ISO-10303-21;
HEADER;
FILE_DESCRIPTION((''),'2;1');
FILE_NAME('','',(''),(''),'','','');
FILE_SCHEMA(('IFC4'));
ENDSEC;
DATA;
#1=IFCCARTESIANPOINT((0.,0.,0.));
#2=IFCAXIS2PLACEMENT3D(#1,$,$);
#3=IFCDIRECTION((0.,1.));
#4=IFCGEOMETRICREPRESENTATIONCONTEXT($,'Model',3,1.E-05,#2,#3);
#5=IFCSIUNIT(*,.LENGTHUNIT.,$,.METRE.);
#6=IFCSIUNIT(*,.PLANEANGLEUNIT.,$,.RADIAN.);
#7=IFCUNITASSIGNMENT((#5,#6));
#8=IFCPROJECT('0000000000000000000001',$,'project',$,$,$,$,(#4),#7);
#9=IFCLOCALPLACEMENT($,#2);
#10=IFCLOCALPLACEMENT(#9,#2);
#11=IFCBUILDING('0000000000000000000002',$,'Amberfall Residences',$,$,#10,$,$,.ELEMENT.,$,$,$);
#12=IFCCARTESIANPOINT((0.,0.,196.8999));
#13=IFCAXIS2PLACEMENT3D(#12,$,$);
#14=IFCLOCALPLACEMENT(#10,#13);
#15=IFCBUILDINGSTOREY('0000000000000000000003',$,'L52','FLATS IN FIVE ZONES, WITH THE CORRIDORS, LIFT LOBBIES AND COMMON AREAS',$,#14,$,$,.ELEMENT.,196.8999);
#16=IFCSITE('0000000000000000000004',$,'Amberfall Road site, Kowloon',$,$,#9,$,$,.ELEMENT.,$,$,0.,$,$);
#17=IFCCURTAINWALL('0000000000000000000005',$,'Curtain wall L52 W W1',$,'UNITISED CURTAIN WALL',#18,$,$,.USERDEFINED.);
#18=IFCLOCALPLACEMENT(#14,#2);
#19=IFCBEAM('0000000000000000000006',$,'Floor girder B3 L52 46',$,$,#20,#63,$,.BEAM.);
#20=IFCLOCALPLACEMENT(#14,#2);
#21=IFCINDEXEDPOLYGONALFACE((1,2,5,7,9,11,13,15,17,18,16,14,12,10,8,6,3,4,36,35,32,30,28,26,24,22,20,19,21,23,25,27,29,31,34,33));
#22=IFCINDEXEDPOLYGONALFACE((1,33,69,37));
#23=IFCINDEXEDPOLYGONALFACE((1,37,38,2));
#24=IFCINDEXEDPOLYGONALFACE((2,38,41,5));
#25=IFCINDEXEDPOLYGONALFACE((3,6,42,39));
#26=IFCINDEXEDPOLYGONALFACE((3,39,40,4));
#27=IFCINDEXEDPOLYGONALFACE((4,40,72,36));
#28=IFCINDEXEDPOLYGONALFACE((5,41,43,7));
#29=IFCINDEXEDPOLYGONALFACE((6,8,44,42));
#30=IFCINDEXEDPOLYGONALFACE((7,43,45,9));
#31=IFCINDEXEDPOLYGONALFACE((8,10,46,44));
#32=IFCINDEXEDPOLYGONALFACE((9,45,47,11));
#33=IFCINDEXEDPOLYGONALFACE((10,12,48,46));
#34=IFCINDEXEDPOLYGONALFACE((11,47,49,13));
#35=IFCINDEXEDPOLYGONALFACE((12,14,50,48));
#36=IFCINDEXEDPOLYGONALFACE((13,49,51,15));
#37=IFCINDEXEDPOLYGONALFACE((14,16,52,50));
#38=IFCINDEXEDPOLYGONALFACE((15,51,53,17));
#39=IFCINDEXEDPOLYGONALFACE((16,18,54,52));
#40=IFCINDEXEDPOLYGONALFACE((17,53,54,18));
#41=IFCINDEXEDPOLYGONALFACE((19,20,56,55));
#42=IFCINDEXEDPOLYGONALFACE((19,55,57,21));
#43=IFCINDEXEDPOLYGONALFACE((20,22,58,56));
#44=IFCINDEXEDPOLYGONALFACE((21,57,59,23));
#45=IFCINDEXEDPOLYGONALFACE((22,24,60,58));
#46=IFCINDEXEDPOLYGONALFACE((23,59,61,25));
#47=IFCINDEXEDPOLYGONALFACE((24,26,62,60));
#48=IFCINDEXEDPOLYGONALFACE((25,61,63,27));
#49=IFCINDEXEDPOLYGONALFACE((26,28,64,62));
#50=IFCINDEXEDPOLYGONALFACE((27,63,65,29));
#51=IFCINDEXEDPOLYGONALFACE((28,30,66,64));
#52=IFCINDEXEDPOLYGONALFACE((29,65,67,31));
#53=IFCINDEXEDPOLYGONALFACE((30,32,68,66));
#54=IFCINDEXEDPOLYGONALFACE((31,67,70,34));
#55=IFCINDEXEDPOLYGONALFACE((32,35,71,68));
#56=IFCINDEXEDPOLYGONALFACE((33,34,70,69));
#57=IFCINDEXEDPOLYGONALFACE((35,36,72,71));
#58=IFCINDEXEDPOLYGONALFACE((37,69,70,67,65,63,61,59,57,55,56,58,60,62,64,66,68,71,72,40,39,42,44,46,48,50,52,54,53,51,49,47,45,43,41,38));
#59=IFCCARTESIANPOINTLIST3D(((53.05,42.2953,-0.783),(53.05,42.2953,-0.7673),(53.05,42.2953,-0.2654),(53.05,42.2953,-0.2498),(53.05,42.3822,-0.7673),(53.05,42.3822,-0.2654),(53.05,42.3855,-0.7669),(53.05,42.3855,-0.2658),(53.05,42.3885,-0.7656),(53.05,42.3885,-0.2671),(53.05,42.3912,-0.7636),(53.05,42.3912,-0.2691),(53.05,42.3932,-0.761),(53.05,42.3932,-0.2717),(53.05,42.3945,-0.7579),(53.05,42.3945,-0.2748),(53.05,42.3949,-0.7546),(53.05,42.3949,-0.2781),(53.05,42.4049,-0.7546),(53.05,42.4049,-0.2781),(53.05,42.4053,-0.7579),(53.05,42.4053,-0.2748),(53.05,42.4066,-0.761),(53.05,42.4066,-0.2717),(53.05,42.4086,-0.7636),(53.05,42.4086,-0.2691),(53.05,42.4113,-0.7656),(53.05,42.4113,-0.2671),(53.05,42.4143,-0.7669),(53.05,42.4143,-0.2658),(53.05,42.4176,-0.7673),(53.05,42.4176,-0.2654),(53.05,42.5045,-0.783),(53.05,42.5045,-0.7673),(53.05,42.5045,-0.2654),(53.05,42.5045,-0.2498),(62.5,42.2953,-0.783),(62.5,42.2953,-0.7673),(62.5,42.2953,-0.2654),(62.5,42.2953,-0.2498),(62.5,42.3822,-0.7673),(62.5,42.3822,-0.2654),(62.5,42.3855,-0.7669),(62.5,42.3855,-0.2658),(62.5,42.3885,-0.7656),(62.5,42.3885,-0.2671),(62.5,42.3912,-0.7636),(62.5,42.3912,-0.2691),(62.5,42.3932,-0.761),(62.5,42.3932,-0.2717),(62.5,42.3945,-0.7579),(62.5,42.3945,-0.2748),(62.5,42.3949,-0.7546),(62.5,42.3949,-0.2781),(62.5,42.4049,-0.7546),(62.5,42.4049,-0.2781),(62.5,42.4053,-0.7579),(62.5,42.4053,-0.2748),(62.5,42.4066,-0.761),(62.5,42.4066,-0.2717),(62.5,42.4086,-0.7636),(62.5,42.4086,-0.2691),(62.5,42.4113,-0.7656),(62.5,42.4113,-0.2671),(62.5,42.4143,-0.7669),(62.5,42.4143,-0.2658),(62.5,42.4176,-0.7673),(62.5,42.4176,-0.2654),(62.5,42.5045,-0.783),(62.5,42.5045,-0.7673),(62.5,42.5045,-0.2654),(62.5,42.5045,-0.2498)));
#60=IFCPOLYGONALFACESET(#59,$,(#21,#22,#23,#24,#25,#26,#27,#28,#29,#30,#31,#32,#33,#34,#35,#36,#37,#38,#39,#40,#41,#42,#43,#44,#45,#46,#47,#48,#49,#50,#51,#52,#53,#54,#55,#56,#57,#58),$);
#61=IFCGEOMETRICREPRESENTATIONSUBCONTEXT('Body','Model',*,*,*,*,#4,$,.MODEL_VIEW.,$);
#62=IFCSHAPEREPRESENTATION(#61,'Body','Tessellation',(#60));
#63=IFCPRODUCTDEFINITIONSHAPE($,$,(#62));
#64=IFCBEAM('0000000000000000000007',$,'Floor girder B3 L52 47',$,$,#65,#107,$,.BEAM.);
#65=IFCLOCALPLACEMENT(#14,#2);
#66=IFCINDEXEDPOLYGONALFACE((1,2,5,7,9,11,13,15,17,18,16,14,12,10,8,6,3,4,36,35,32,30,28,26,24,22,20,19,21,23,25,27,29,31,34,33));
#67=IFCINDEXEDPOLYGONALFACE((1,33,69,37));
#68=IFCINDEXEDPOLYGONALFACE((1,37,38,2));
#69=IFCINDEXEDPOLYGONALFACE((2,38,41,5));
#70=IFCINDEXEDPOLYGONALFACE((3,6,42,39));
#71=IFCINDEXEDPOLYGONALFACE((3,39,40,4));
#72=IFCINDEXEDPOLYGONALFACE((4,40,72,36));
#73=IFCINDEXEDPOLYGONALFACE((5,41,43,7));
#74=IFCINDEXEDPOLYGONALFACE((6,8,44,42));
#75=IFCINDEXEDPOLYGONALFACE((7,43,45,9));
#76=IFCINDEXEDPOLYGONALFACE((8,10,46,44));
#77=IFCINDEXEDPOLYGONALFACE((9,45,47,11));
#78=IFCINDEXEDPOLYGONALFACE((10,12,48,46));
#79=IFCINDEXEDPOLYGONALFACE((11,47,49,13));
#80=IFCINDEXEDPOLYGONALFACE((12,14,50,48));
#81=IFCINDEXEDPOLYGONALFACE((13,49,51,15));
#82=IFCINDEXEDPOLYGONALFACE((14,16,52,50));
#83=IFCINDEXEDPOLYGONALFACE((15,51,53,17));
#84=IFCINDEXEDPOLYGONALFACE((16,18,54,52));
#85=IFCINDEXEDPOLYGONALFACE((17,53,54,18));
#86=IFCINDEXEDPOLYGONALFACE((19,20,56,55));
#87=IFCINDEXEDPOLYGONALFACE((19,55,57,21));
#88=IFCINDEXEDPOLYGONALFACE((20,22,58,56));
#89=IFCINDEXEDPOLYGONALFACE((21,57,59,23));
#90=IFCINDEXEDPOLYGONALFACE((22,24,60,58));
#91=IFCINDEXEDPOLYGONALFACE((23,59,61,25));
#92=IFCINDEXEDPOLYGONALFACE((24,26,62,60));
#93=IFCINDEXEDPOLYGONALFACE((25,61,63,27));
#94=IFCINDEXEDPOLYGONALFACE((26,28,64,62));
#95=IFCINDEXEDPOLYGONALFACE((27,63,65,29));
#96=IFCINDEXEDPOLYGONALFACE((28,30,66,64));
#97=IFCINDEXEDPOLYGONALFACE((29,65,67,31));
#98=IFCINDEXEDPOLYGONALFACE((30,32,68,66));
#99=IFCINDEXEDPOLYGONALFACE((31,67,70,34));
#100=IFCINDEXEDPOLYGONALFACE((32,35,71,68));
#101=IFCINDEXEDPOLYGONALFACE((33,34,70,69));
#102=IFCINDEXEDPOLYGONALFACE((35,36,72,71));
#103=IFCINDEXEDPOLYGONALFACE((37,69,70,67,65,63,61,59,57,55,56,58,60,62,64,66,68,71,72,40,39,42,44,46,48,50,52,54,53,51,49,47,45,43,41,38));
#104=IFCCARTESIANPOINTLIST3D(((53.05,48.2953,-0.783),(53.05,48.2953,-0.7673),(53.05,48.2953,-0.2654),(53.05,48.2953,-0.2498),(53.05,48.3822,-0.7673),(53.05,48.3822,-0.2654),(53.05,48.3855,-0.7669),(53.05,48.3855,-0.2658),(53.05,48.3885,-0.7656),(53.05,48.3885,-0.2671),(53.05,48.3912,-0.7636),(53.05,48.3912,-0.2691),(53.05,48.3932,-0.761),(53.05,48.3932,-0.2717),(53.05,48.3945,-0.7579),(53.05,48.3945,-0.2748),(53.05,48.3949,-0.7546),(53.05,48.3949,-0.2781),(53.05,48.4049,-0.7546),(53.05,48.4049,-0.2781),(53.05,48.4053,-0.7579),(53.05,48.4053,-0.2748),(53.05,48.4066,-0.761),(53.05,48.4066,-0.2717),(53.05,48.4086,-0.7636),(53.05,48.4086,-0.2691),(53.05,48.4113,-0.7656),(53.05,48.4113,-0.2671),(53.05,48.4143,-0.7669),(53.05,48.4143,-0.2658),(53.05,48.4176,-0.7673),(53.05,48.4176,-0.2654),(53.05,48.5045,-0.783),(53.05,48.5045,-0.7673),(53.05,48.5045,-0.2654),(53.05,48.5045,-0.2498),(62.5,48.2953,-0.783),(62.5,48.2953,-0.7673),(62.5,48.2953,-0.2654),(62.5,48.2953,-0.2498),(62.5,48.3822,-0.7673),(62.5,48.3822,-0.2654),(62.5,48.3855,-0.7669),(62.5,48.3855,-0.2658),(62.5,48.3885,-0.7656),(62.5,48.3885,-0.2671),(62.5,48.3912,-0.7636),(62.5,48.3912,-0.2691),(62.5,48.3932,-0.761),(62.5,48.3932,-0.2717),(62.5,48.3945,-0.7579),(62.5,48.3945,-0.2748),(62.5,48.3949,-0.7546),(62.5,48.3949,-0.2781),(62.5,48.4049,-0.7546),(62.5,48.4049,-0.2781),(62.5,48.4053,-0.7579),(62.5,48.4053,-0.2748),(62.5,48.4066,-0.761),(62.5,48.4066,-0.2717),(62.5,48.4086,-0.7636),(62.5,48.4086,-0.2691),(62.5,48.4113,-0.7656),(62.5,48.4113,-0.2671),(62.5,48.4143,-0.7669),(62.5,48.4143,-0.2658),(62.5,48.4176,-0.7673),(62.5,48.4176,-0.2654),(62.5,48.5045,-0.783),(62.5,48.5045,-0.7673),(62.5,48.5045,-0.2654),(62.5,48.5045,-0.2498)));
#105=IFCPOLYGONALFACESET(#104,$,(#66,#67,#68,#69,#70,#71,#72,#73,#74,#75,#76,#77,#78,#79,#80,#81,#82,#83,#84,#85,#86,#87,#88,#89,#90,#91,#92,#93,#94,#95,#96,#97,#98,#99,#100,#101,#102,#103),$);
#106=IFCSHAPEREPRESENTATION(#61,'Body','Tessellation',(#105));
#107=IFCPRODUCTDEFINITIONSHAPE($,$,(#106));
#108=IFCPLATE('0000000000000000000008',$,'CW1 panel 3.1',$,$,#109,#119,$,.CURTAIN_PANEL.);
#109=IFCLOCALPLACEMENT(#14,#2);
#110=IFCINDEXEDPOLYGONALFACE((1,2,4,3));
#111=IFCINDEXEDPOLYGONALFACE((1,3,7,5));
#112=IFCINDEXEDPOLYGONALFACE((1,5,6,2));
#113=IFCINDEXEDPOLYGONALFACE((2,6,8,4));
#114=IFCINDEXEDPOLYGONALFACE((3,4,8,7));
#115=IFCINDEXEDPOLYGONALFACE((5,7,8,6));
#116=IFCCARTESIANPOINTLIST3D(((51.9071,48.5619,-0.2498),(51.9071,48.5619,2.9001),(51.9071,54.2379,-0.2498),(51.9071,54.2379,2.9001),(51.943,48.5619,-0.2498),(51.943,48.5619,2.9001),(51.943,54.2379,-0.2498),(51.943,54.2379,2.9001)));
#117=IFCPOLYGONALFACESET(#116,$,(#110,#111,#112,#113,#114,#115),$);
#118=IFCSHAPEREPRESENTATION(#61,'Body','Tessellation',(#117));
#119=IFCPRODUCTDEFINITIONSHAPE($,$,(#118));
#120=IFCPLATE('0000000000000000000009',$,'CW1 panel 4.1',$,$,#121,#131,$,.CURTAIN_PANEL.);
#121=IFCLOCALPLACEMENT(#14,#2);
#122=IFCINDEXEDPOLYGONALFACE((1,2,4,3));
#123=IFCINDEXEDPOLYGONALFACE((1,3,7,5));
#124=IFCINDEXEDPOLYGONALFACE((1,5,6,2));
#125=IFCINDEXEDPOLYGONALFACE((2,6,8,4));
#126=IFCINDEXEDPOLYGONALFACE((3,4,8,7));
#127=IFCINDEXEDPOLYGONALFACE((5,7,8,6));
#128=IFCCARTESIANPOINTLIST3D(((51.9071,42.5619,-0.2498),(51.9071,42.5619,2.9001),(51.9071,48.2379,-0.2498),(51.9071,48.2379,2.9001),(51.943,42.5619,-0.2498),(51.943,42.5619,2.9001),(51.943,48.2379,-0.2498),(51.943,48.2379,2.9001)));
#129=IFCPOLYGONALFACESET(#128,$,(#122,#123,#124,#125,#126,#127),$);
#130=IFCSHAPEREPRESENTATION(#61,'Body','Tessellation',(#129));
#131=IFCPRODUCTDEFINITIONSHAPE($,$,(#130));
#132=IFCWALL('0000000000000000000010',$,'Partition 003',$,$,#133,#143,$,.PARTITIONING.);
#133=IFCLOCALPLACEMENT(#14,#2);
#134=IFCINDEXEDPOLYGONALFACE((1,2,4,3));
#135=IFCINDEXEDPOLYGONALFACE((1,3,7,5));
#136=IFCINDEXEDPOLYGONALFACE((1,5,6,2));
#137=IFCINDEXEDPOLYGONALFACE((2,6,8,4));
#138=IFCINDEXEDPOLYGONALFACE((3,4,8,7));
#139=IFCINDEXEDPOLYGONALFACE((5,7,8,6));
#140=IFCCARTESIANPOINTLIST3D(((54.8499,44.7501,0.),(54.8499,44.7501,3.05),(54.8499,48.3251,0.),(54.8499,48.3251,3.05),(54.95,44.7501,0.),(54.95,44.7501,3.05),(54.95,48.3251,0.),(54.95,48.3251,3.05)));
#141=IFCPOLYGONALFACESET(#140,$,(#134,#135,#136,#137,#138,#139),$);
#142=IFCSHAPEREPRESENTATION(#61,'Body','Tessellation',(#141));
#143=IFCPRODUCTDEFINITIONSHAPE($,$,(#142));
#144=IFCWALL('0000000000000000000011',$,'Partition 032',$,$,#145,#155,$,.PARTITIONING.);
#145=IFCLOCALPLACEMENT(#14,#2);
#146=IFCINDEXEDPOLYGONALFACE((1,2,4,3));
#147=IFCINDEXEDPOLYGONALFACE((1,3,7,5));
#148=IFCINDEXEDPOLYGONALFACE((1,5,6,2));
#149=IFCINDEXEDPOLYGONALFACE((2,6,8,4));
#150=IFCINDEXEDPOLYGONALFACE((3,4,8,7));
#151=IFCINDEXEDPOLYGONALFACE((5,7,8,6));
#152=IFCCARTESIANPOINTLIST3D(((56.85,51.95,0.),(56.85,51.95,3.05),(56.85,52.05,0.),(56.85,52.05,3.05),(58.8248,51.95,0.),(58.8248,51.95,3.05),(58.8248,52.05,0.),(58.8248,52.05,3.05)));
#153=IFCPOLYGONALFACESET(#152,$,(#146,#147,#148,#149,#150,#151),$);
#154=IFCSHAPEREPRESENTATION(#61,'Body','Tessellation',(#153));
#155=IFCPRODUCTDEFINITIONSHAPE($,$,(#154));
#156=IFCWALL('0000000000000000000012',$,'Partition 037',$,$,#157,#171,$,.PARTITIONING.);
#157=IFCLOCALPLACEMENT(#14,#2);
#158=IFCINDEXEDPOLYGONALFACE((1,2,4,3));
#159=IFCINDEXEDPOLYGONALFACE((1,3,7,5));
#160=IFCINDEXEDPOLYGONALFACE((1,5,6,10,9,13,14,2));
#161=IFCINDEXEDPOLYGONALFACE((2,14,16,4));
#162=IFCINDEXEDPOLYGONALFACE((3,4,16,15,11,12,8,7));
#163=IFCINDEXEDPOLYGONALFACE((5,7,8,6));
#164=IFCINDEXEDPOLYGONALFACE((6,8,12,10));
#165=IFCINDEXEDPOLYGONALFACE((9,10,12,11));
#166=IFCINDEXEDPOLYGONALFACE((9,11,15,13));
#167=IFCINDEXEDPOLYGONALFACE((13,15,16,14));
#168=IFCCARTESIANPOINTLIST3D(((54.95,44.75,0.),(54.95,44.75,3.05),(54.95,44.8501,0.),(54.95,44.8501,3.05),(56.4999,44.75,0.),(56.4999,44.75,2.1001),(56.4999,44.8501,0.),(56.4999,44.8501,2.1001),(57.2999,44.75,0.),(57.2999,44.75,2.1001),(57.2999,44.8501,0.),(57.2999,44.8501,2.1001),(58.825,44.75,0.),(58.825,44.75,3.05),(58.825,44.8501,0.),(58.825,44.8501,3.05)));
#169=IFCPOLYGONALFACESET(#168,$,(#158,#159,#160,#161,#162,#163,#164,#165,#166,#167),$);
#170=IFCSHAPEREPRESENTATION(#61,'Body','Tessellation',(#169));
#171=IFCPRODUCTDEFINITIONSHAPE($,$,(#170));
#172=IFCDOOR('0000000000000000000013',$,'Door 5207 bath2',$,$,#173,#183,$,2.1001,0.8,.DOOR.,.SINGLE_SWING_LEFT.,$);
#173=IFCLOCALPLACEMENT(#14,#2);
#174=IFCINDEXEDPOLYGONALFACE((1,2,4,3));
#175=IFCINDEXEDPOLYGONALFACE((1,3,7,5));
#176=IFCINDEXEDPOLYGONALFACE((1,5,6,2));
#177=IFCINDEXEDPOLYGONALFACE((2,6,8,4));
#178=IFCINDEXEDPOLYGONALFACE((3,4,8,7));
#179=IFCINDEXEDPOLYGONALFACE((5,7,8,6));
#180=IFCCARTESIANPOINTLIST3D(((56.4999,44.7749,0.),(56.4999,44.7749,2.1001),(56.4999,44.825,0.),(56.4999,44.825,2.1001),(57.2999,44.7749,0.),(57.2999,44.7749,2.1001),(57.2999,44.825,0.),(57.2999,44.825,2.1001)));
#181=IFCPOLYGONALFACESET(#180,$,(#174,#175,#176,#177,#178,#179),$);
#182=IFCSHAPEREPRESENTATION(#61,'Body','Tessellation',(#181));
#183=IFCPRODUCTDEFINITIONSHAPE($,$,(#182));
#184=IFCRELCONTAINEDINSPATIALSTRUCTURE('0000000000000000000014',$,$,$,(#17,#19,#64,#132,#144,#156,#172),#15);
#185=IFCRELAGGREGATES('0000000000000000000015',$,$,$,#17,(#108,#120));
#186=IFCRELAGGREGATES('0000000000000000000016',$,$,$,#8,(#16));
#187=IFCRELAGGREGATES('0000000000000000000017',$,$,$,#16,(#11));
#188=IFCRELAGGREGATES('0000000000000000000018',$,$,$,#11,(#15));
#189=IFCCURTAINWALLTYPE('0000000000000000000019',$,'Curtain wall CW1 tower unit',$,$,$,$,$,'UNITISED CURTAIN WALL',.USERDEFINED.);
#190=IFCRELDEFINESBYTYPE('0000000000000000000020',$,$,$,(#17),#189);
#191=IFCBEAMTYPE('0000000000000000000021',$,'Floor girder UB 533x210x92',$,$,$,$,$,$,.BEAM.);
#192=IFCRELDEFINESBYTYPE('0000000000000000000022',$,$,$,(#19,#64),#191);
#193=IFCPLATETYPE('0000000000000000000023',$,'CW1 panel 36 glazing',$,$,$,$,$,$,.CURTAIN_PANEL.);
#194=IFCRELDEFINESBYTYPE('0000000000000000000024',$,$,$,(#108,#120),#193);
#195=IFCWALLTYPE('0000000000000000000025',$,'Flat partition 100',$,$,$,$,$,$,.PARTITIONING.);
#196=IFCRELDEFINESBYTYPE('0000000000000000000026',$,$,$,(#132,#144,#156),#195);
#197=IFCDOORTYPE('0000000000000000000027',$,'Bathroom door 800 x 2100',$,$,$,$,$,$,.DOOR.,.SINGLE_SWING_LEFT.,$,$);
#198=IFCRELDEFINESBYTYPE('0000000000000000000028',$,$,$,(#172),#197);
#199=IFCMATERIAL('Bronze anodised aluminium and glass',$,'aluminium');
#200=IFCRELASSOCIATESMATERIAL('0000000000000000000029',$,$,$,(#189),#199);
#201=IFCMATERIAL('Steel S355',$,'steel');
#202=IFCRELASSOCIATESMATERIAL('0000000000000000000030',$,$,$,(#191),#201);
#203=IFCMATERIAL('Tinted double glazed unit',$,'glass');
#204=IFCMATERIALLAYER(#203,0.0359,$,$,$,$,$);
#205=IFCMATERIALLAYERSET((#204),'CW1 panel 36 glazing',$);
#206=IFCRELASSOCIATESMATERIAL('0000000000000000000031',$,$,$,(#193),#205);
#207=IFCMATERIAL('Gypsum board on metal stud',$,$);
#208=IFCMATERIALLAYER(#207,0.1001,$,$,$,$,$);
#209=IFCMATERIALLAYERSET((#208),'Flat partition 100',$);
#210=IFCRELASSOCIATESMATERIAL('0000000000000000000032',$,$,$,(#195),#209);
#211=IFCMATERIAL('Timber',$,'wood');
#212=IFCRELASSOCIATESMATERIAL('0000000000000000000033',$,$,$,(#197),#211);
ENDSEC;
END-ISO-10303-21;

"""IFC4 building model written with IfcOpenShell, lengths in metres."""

from ifc_helpers import new_model, si_unit, direction, frame, frame_2d, origin, origin_2d, place, context, subcontext, project, spatial, rectangle, i_section, extrude, material, layer, layer_set, material_profile, profile_set, type_object, element, fill, aggregate, save


model = new_model("IFC4")

# Units and contexts
model_context = context("Model", 3, precision=1e-05, world=origin(), true_north=direction((0.0, 1.0)))
body_context = subcontext(model_context, "Body", "Model", "MODEL_VIEW")
ifc_project = project(units=[si_unit("LENGTHUNIT", "METRE"), si_unit("PLANEANGLEUNIT", "RADIAN")], contexts=[model_context])

# Site, building, storey
site_placement = place(None, origin())
site = spatial("IfcSite", under=ifc_project, at=site_placement, Name="Amberfall Road site, Kowloon", CompositionType="ELEMENT", RefElevation=0.0)
building_placement = place(site_placement, origin())
building = spatial("IfcBuilding", under=site, at=building_placement, Name="Amberfall Residences", CompositionType="ELEMENT")
storey_placement = place(building_placement, frame((0.0, 0.0, 196.8999)))
storey = spatial("IfcBuildingStorey", under=building, at=storey_placement, Name="L52", Description="FLATS IN FIVE ZONES, WITH THE CORRIDORS, LIFT LOBBIES AND COMMON AREAS", CompositionType="ELEMENT", Elevation=196.8999)

# Curtain wall
ifc_material_1 = material(Name="Bronze anodised aluminium and glass", Category="aluminium")
curtain_wall_type = type_object("IfcCurtainWallType", Name="Curtain wall CW1 tower unit", ElementType="UNITISED CURTAIN WALL", PredefinedType="USERDEFINED", material=ifc_material_1)
curtain_wall_placement = place(storey_placement, origin())
curtain_wall = element("IfcCurtainWall", 1, at=curtain_wall_placement, inside=storey, type_object=curtain_wall_type, Name="Curtain wall L52 W W1", ObjectType="UNITISED CURTAIN WALL", PredefinedType="USERDEFINED")

# Shared definitions
ifc_material_2 = material(Name="Steel S355", Category="steel")

# Beams
ifc_material_profile_1 = material_profile(ifc_material_2, i_section(OverallWidth=0.2092, OverallDepth=0.5332, WebThickness=0.01, FlangeThickness=0.0156, FilletRadius=0.0127, at=origin_2d()), Name="UB 533x210x92")
ifc_profile_set_1 = profile_set([ifc_material_profile_1], Name="Steel S355")
beam_type_1 = type_object("IfcBeamType", Name="Floor girder UB 533x210x92", PredefinedType="BEAM", material=ifc_profile_set_1)
for number, where, z_axis, x_axis, name in (
    (2, (53.05, 42.3999, -0.5164), (1.0, 0.0, 0.0), (0.0, 1.0, 0.0), "Floor girder B3 L52 46"),
    (3, (53.05, 48.3999, -0.5164), (1.0, 0.0, 0.0), (0.0, 1.0, 0.0), "Floor girder B3 L52 47"),
):
    element("IfcBeam", number, at=place(storey_placement, frame(where, z_axis=z_axis, x_axis=x_axis)), inside=storey, type_object=beam_type_1, Name=name, PredefinedType="BEAM", context=body_context, shape_type="SweptSolid", body=[
        extrude(i_section(OverallWidth=0.2092, OverallDepth=0.5332, WebThickness=0.01, FlangeThickness=0.0156, FilletRadius=0.0127, at=origin_2d()), origin(), (0.0, 0.0, 1.0), 9.45),
    ])

# Plates
ifc_material_3 = material(Name="Tinted double glazed unit", Category="glass")
ifc_layer_1 = layer(ifc_material_3, 0.0359)
ifc_layer_set_1 = layer_set([ifc_layer_1], Name="CW1 panel 36 glazing")
plate_type = type_object("IfcPlateType", Name="CW1 panel 36 glazing", PredefinedType="CURTAIN_PANEL", material=ifc_layer_set_1)
plate_1_placement = place(storey_placement, frame((51.925, 51.3999, -0.2498), z_axis=(0.0, 0.0, 1.0), x_axis=(0.0, -1.0, 0.0)))
plate_1 = element("IfcPlate", 4, at=plate_1_placement, type_object=plate_type, Name="CW1 panel 3.1", PredefinedType="CURTAIN_PANEL", context=body_context, shape_type="SweptSolid", body=[
    extrude(rectangle(XDim=5.676, YDim=0.0359, at=origin_2d()), origin(), (0.0, 0.0, 1.0), 3.1499),
])
plate_2_placement = place(storey_placement, frame((51.925, 45.3999, -0.2498), z_axis=(0.0, 0.0, 1.0), x_axis=(0.0, -1.0, 0.0)))
plate_2 = element("IfcPlate", 5, at=plate_2_placement, type_object=plate_type, Name="CW1 panel 4.1", PredefinedType="CURTAIN_PANEL", context=body_context, shape_type="SweptSolid", body=[
    extrude(rectangle(XDim=5.676, YDim=0.0359, at=origin_2d()), origin(), (0.0, 0.0, 1.0), 3.1499),
])
aggregate(curtain_wall, [plate_1, plate_2])

# Walls
ifc_material_4 = material(Name="Gypsum board on metal stud")
ifc_layer_2 = layer(ifc_material_4, 0.1001)
ifc_layer_set_2 = layer_set([ifc_layer_2], Name="Flat partition 100")
wall_type_1 = type_object("IfcWallType", Name="Flat partition 100", PredefinedType="PARTITIONING", material=ifc_layer_set_2)
wall_1_placement = place(storey_placement, frame((54.8999, 44.75, 0.0), z_axis=(0.0, 0.0, 1.0), x_axis=(0.0, 1.0, 0.0)))
element("IfcWall", 6, at=wall_1_placement, inside=storey, type_object=wall_type_1, Name="Partition 003", PredefinedType="PARTITIONING", context=body_context, shape_type="SweptSolid", body=[
    extrude(rectangle(XDim=3.575, YDim=0.1001, at=frame_2d((1.7876, 0.0))), origin(), (0.0, 0.0, 1.0), 3.05),
])
wall_2_placement = place(storey_placement, frame((56.8501, 52.0, 0.0), z_axis=(0.0, 0.0, 1.0), x_axis=(1.0, 0.0, 0.0)))
element("IfcWall", 7, at=wall_2_placement, inside=storey, type_object=wall_type_1, Name="Partition 032", PredefinedType="PARTITIONING", context=body_context, shape_type="SweptSolid", body=[
    extrude(rectangle(XDim=1.9749, YDim=0.1001, at=frame_2d((0.9873, 0.0))), origin(), (0.0, 0.0, 1.0), 3.05),
])

# Wall, opening, door
wall_3_placement = place(storey_placement, frame((54.95, 44.8, 0.0), z_axis=(0.0, 0.0, 1.0), x_axis=(1.0, 0.0, 0.0)))
wall_3 = element("IfcWall", 8, at=wall_3_placement, inside=storey, type_object=wall_type_1, Name="Partition 037", PredefinedType="PARTITIONING", context=body_context, shape_type="SweptSolid", body=[
    extrude(rectangle(XDim=3.875, YDim=0.1001, at=frame_2d((1.9375, 0.0))), origin(), (0.0, 0.0, 1.0), 3.05),
])
opening_1_placement = place(wall_3_placement, frame((1.55, 0.0, 0.0)))
opening_1 = element("IfcOpeningElement", 9, at=opening_1_placement, cuts=wall_3, PredefinedType="OPENING", context=body_context, shape_type="SweptSolid", body=[
    extrude(rectangle(XDim=0.8, YDim=2.1001, at=frame_2d((0.3999, 1.05))), frame((0.0, 0.0601, 0.0), z_axis=(0.0, -1.0, 0.0), x_axis=(1.0, 0.0, 0.0)), (0.0, 0.0, 1.0), 0.1201),
])
ifc_material_5 = material(Name="Timber", Category="wood")
door_type_1 = type_object("IfcDoorType", Name="Bathroom door 800 x 2100", OperationType="SINGLE_SWING_LEFT", PredefinedType="DOOR", material=ifc_material_5)
door_1_placement = place(opening_1_placement, origin())
door_1 = element("IfcDoor", 10, at=door_1_placement, inside=storey, type_object=door_type_1, Name="Door 5207 bath2", OperationType="SINGLE_SWING_LEFT", OverallHeight=2.1001, OverallWidth=0.8, PredefinedType="DOOR", context=body_context, shape_type="SweptSolid", body=[
    extrude(rectangle(XDim=0.8, YDim=2.1001, at=frame_2d((0.3999, 1.05))), frame((0.0, 0.0249, 0.0), z_axis=(0.0, -1.0, 0.0), x_axis=(1.0, 0.0, 0.0)), (0.0, 0.0, 1.0), 0.05),
])
fill(opening_1, door_1)

save(model, "model.ifc")
